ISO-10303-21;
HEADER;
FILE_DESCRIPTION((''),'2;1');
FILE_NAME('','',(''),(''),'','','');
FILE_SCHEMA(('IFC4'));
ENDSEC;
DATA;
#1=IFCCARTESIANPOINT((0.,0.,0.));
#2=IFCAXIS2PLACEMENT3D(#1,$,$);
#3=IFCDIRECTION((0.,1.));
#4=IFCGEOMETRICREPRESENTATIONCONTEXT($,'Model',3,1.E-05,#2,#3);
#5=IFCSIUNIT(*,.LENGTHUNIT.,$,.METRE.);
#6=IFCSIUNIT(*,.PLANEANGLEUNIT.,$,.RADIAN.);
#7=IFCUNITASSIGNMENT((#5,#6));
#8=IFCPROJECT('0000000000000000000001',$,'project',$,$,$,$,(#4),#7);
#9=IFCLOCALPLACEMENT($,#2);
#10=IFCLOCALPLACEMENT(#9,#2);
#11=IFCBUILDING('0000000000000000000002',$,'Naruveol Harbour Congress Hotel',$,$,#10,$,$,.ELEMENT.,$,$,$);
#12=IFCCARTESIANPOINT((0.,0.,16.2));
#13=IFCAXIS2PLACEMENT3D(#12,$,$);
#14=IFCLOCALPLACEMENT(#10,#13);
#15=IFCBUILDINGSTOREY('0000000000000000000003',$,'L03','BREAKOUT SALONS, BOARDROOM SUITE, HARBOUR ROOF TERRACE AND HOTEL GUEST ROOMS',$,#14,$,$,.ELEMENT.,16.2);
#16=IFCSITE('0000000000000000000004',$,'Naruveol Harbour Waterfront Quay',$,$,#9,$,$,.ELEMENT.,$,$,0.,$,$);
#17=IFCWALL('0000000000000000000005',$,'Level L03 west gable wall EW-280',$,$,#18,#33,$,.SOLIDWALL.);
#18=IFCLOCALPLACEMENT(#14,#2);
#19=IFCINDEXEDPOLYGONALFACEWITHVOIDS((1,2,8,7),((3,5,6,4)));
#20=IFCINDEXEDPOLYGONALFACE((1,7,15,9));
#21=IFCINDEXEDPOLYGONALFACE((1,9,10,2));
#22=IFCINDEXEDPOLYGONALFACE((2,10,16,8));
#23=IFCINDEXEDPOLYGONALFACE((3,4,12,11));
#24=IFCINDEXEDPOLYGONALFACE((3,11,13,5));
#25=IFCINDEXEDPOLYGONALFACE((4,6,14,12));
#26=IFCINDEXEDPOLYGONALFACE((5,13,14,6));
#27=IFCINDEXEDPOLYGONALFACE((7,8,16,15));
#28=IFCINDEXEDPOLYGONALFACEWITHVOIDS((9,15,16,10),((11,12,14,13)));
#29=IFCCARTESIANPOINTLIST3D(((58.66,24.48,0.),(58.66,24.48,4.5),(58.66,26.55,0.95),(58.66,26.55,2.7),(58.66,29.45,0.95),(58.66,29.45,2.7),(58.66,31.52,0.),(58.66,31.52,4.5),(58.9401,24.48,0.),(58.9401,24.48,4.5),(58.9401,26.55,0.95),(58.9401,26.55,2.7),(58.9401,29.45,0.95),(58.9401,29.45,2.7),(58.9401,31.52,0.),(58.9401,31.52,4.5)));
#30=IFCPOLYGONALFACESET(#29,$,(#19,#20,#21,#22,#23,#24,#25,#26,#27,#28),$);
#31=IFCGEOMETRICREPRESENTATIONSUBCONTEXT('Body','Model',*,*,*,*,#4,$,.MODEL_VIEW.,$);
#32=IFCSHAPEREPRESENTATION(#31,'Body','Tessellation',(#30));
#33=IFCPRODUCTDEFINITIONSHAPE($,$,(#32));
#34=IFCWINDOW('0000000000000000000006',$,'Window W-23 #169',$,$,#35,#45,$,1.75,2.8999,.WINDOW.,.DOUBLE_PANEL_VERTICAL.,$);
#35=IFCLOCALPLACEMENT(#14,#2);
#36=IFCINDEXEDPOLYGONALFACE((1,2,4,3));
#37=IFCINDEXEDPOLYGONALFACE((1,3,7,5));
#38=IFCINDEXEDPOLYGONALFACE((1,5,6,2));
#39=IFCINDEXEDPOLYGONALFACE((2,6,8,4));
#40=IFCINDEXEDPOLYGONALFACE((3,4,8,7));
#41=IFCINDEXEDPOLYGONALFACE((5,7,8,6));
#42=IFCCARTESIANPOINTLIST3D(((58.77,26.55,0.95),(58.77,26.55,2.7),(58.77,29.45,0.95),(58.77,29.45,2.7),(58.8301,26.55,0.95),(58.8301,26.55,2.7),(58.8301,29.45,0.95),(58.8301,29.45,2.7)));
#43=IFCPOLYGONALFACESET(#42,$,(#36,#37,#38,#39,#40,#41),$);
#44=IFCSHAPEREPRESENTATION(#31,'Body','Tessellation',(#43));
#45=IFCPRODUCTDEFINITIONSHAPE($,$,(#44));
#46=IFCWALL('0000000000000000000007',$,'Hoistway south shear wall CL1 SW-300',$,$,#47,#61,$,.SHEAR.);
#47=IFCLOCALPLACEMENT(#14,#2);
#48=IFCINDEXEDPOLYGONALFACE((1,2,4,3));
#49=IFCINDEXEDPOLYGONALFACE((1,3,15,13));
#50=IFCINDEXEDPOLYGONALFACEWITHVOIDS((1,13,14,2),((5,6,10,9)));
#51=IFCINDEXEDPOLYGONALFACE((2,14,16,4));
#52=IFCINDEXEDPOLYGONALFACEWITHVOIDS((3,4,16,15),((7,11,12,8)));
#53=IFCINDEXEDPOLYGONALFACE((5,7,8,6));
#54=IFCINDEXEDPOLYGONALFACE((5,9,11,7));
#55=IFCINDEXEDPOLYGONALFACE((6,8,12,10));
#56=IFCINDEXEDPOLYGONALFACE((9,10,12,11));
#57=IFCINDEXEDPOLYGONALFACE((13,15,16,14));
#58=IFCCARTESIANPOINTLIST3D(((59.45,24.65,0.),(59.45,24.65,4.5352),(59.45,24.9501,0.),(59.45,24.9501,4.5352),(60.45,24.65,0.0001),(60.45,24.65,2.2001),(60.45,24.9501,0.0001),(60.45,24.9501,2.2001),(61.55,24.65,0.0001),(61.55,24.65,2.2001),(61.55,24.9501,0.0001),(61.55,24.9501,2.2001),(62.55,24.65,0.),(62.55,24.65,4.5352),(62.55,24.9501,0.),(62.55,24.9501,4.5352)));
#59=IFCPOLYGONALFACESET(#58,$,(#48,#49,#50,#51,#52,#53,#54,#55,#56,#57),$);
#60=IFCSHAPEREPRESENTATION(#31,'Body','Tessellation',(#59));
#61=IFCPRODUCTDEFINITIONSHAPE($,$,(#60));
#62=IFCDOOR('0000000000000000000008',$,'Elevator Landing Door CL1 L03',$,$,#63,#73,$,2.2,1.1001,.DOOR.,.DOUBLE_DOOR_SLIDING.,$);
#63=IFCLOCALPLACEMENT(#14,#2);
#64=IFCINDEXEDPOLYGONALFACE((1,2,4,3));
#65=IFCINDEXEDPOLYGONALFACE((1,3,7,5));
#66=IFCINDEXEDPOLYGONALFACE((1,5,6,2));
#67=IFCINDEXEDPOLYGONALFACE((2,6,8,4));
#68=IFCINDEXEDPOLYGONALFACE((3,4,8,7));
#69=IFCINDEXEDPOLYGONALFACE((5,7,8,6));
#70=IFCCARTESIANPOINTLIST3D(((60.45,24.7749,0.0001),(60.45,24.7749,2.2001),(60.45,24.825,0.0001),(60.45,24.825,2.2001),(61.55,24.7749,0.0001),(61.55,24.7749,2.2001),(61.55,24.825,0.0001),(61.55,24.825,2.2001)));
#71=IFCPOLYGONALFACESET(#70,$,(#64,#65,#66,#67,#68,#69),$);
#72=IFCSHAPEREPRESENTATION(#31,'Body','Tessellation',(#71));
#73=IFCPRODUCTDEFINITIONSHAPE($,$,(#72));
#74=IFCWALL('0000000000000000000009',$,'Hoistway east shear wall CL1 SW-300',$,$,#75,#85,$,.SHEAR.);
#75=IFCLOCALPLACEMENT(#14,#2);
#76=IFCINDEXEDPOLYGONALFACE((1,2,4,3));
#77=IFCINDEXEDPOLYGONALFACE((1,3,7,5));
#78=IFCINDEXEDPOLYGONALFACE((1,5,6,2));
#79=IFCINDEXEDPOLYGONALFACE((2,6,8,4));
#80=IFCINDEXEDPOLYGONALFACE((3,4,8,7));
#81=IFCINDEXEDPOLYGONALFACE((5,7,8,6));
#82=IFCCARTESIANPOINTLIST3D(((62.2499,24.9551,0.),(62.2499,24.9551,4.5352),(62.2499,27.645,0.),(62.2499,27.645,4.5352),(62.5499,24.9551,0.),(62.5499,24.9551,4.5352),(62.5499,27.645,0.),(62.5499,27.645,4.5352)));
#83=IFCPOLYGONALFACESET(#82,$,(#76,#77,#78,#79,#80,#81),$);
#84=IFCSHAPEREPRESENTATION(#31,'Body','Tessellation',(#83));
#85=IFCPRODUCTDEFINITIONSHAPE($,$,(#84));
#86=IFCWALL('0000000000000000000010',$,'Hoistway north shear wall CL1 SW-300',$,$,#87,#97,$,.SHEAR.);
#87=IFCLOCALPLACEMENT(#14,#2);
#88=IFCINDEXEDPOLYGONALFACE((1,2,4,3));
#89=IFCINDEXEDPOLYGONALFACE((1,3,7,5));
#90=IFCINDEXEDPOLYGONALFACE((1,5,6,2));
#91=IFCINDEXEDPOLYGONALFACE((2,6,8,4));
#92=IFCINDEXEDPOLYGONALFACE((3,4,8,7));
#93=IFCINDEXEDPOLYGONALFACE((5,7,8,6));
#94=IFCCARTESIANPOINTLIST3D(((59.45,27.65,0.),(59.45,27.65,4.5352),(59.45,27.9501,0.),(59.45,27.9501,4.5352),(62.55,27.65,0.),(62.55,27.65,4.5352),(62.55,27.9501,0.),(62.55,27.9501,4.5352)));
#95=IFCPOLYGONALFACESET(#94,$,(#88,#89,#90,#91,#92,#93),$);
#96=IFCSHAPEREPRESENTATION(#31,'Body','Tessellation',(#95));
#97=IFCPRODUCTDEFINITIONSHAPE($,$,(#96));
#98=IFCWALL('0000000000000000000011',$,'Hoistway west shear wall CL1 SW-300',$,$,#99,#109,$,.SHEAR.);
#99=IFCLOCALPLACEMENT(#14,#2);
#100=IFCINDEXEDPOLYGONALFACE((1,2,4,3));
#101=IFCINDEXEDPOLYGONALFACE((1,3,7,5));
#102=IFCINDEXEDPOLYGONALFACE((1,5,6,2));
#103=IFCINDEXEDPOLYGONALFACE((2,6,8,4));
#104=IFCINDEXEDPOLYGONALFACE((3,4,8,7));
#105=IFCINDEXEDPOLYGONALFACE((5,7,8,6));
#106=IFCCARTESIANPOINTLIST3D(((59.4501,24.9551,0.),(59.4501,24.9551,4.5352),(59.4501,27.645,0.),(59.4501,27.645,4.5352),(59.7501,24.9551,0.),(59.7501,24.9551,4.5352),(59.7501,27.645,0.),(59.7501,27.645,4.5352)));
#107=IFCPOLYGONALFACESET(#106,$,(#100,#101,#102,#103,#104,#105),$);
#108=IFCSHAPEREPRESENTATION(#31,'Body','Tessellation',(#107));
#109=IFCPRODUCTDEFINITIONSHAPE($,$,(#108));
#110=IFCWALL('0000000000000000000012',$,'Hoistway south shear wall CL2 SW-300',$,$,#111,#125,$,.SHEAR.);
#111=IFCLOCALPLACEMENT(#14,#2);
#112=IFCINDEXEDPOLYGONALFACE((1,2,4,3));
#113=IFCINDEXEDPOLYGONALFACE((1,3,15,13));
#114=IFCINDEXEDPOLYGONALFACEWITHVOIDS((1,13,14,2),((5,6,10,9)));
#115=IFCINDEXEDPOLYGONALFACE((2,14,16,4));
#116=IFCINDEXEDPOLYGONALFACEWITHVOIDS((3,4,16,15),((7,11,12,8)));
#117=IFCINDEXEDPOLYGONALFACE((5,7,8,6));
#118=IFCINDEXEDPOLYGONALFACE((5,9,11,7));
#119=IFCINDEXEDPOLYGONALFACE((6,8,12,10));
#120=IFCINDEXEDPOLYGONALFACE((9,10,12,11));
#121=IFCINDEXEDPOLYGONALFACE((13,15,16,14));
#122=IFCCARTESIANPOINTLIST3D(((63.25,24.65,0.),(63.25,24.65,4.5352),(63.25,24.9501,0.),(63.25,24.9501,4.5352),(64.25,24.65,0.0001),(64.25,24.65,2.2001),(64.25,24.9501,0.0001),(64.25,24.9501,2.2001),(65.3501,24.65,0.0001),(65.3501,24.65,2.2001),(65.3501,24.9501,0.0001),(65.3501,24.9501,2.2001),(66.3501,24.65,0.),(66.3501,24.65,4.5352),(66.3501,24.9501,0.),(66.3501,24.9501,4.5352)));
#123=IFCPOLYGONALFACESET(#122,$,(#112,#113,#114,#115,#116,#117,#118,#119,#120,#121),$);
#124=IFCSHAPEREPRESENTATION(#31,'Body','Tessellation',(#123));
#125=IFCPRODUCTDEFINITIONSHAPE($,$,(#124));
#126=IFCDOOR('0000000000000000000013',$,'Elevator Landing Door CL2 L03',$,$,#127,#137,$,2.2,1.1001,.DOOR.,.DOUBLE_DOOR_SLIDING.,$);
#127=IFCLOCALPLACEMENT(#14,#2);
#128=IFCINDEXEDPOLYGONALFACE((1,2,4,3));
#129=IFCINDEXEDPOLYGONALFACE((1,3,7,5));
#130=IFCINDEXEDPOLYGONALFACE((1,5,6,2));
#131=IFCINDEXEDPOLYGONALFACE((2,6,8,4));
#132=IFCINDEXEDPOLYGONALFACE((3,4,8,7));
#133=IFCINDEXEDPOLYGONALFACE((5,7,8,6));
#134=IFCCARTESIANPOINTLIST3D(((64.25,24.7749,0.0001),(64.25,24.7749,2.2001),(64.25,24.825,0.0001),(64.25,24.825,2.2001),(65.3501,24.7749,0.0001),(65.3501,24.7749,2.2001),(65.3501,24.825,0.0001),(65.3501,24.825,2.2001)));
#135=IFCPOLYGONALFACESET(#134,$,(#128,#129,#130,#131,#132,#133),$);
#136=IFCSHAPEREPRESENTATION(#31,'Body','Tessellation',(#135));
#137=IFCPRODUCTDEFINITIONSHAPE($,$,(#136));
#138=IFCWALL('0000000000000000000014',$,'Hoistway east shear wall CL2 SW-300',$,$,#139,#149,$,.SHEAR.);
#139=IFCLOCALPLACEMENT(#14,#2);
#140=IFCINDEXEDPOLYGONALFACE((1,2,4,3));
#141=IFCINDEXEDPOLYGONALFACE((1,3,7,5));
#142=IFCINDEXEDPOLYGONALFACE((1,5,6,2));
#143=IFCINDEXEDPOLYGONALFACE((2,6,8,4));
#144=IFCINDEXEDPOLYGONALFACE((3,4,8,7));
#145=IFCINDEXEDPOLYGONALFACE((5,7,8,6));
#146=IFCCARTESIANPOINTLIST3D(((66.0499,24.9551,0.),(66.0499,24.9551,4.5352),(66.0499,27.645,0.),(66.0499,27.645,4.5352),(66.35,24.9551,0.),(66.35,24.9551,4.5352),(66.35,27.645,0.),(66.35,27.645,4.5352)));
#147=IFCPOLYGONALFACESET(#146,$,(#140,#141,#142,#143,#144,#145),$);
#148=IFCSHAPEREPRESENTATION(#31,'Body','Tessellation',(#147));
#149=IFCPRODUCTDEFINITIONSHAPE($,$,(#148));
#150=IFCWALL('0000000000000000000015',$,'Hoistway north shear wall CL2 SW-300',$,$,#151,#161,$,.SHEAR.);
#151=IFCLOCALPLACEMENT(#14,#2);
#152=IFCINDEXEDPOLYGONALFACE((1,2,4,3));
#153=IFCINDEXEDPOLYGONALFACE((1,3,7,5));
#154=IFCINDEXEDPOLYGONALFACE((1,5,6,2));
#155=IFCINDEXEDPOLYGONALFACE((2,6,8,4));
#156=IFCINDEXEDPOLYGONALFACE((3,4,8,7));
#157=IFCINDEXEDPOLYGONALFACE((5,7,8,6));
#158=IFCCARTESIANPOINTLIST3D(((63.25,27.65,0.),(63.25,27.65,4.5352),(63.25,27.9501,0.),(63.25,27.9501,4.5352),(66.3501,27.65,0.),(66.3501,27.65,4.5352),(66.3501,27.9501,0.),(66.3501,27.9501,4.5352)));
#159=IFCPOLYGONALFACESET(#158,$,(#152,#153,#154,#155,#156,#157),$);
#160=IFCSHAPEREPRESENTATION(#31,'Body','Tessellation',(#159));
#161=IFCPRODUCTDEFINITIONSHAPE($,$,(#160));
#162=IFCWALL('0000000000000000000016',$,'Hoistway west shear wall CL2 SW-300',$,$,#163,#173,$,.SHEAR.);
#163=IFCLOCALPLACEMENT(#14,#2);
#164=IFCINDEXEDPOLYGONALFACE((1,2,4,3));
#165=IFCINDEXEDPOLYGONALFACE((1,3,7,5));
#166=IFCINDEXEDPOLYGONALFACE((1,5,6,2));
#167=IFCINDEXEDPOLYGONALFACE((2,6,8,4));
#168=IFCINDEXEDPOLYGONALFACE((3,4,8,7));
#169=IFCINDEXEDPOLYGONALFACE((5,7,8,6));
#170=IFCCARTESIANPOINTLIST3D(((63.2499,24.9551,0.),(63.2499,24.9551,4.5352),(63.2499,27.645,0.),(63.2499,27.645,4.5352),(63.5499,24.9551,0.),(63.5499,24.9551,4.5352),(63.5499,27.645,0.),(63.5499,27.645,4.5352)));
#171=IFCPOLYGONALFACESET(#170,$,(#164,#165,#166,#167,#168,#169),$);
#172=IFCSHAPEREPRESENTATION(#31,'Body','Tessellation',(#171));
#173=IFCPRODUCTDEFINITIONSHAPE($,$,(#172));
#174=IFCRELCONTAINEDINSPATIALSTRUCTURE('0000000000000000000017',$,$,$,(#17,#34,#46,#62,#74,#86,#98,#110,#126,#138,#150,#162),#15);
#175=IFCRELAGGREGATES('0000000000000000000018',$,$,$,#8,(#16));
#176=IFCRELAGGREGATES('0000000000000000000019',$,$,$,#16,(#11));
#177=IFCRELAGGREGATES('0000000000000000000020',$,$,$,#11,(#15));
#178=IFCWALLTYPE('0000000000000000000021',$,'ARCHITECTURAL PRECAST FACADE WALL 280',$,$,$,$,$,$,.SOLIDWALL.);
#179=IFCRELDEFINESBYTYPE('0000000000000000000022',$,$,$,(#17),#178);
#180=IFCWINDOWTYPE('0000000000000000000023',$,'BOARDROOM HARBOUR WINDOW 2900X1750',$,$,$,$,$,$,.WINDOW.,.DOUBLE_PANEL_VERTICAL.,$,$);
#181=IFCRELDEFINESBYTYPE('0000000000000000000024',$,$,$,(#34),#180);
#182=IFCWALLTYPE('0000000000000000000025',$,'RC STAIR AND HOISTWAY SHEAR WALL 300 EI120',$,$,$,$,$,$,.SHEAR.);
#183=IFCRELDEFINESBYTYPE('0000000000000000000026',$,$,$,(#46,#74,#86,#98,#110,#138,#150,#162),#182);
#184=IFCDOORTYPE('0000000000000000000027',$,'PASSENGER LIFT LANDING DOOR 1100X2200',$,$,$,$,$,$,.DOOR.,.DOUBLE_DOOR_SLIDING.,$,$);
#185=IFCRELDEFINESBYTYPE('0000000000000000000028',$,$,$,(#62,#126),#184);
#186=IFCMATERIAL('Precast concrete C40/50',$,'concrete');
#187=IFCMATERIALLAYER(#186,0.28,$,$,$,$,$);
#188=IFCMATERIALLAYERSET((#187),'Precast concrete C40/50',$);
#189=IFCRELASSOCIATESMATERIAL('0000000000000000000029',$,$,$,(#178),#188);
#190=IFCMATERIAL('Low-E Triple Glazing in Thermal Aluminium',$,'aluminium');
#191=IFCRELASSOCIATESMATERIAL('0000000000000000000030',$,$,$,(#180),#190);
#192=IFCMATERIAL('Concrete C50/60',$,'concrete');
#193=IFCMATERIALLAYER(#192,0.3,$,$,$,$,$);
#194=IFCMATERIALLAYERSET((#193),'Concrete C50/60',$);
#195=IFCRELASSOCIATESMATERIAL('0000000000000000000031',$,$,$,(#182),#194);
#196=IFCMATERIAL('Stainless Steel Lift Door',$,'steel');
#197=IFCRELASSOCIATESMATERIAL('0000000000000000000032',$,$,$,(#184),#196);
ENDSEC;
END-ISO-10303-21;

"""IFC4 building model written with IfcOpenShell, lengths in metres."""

from ifc_helpers import new_model, si_unit, direction, frame, frame_2d, origin, place, context, subcontext, project, spatial, rectangle, extrude, material, layer, layer_set, type_object, element, fill, save


model = new_model("IFC4")

# Units and contexts
model_context = context("Model", 3, precision=1e-05, world=origin(), true_north=direction((0.0, 1.0)))
body_context = subcontext(model_context, "Body", "Model", "MODEL_VIEW")
ifc_project = project(units=[si_unit("LENGTHUNIT", "METRE"), si_unit("PLANEANGLEUNIT", "RADIAN")], contexts=[model_context])

# Site, building, storey
site_placement = place(None, origin())
site = spatial("IfcSite", under=ifc_project, at=site_placement, Name="Naruveol Harbour Waterfront Quay", CompositionType="ELEMENT", RefElevation=0.0)
building_placement = place(site_placement, origin())
building = spatial("IfcBuilding", under=site, at=building_placement, Name="Naruveol Harbour Congress Hotel", CompositionType="ELEMENT")
storey_placement = place(building_placement, frame((0.0, 0.0, 16.2)))
storey = spatial("IfcBuildingStorey", under=building, at=storey_placement, Name="L03", Description="BREAKOUT SALONS, BOARDROOM SUITE, HARBOUR ROOF TERRACE AND HOTEL GUEST ROOMS", CompositionType="ELEMENT", Elevation=16.2)

# Wall, opening, window
ifc_material_1 = material(Name="Precast concrete C40/50", Category="concrete")
ifc_layer_1 = layer(ifc_material_1, 0.28)
ifc_layer_set_1 = layer_set([ifc_layer_1], Name="Precast concrete C40/50")
wall_type_1 = type_object("IfcWallType", Name="ARCHITECTURAL PRECAST FACADE WALL 280", PredefinedType="SOLIDWALL", material=ifc_layer_set_1)
wall_1_placement = place(storey_placement, frame((58.8, 24.48, 0.0), z_axis=(0.0, 0.0, 1.0), x_axis=(0.0, 1.0, 0.0)))
wall_1 = element("IfcWall", 1, at=wall_1_placement, inside=storey, type_object=wall_type_1, Name="Level L03 west gable wall EW-280", PredefinedType="SOLIDWALL", context=body_context, shape_type="SweptSolid", body=[
    extrude(rectangle(XDim=7.04, YDim=0.28, at=frame_2d((3.52, 0.0))), origin(), (0.0, 0.0, 1.0), 4.5),
])
opening_1_placement = place(wall_1_placement, frame((2.0701, 0.0, 0.95)))
opening_1 = element("IfcOpeningElement", 2, at=opening_1_placement, cuts=wall_1, PredefinedType="OPENING", context=body_context, shape_type="SweptSolid", body=[
    extrude(rectangle(XDim=2.8999, YDim=1.75, at=frame_2d((1.45, 0.875))), frame((0.0, 0.1499, 0.0), z_axis=(0.0, -1.0, 0.0), x_axis=(1.0, 0.0, 0.0)), (0.0, 0.0, 1.0), 0.3),
])
ifc_material_2 = material(Name="Low-E Triple Glazing in Thermal Aluminium", Category="aluminium")
window_type = type_object("IfcWindowType", Name="BOARDROOM HARBOUR WINDOW 2900X1750", PartitioningType="DOUBLE_PANEL_VERTICAL", PredefinedType="WINDOW", material=ifc_material_2)
window_placement = place(opening_1_placement, origin())
window = element("IfcWindow", 3, at=window_placement, inside=storey, type_object=window_type, Name="Window W-23 #169", OverallHeight=1.75, OverallWidth=2.8999, PartitioningType="DOUBLE_PANEL_VERTICAL", PredefinedType="WINDOW", context=body_context, shape_type="SweptSolid", body=[
    extrude(rectangle(XDim=2.8999, YDim=1.75, at=frame_2d((1.45, 0.875))), frame((0.0, 0.03, 0.0), z_axis=(0.0, -1.0, 0.0), x_axis=(1.0, 0.0, 0.0)), (0.0, 0.0, 1.0), 0.0601),
])
fill(opening_1, window)

# Wall, opening, door
ifc_material_3 = material(Name="Concrete C50/60", Category="concrete")
ifc_layer_2 = layer(ifc_material_3, 0.3)
ifc_layer_set_2 = layer_set([ifc_layer_2], Name="Concrete C50/60")
wall_type_2 = type_object("IfcWallType", Name="RC STAIR AND HOISTWAY SHEAR WALL 300 EI120", PredefinedType="SHEAR", material=ifc_layer_set_2)
wall_2_placement = place(storey_placement, frame((59.45, 24.8, 0.0), z_axis=(0.0, 0.0, 1.0), x_axis=(1.0, 0.0, 0.0)))
wall_2 = element("IfcWall", 4, at=wall_2_placement, inside=storey, type_object=wall_type_2, Name="Hoistway south shear wall CL1 SW-300", PredefinedType="SHEAR", context=body_context, shape_type="SweptSolid", body=[
    extrude(rectangle(XDim=3.1001, YDim=0.3, at=frame_2d((1.55, 0.0))), origin(), (0.0, 0.0, 1.0), 4.5352),
])
opening_2_placement = place(wall_2_placement, frame((1.0, 0.0, 0.0)))
opening_2 = element("IfcOpeningElement", 5, at=opening_2_placement, cuts=wall_2, PredefinedType="OPENING", context=body_context, shape_type="SweptSolid", body=[
    extrude(rectangle(XDim=1.1001, YDim=2.2, at=frame_2d((0.55, 1.1001))), frame((0.0, 0.1599, 0.0), z_axis=(0.0, -1.0, 0.0), x_axis=(1.0, 0.0, 0.0)), (0.0, 0.0, 1.0), 0.3201),
])
ifc_material_4 = material(Name="Stainless Steel Lift Door", Category="steel")
door_type_1 = type_object("IfcDoorType", Name="PASSENGER LIFT LANDING DOOR 1100X2200", OperationType="DOUBLE_DOOR_SLIDING", PredefinedType="DOOR", material=ifc_material_4)
door_1_placement = place(opening_2_placement, origin())
door_1 = element("IfcDoor", 6, at=door_1_placement, inside=storey, type_object=door_type_1, Name="Elevator Landing Door CL1 L03", OperationType="DOUBLE_DOOR_SLIDING", OverallHeight=2.2, OverallWidth=1.1001, PredefinedType="DOOR", context=body_context, shape_type="SweptSolid", body=[
    extrude(rectangle(XDim=1.1001, YDim=2.2, at=frame_2d((0.55, 1.1001))), frame((0.0, 0.0249, 0.0), z_axis=(0.0, -1.0, 0.0), x_axis=(1.0, 0.0, 0.0)), (0.0, 0.0, 1.0), 0.05),
])
fill(opening_2, door_1)

# Walls
wall_3_placement = place(storey_placement, frame((62.3999, 24.9551, 0.0), z_axis=(0.0, 0.0, 1.0), x_axis=(0.0, 1.0, 0.0)))
element("IfcWall", 7, at=wall_3_placement, inside=storey, type_object=wall_type_2, Name="Hoistway east shear wall CL1 SW-300", PredefinedType="SHEAR", context=body_context, shape_type="SweptSolid", body=[
    extrude(rectangle(XDim=2.6899, YDim=0.3, at=frame_2d((1.345, 0.0))), origin(), (0.0, 0.0, 1.0), 4.5352),
])
wall_4_placement = place(storey_placement, frame((62.55, 27.8, 0.0), z_axis=(0.0, 0.0, 1.0), x_axis=(-1.0, 0.0, 0.0)))
element("IfcWall", 8, at=wall_4_placement, inside=storey, type_object=wall_type_2, Name="Hoistway north shear wall CL1 SW-300", PredefinedType="SHEAR", context=body_context, shape_type="SweptSolid", body=[
    extrude(rectangle(XDim=3.1001, YDim=0.3, at=frame_2d((1.55, 0.0))), origin(), (0.0, 0.0, 1.0), 4.5352),
])
wall_5_placement = place(storey_placement, frame((59.6001, 27.645, 0.0), z_axis=(0.0, 0.0, 1.0), x_axis=(0.0, -1.0, 0.0)))
element("IfcWall", 9, at=wall_5_placement, inside=storey, type_object=wall_type_2, Name="Hoistway west shear wall CL1 SW-300", PredefinedType="SHEAR", context=body_context, shape_type="SweptSolid", body=[
    extrude(rectangle(XDim=2.6899, YDim=0.3, at=frame_2d((1.345, 0.0))), origin(), (0.0, 0.0, 1.0), 4.5352),
])

# Wall, opening, door
wall_6_placement = place(storey_placement, frame((63.25, 24.8, 0.0), z_axis=(0.0, 0.0, 1.0), x_axis=(1.0, 0.0, 0.0)))
wall_6 = element("IfcWall", 10, at=wall_6_placement, inside=storey, type_object=wall_type_2, Name="Hoistway south shear wall CL2 SW-300", PredefinedType="SHEAR", context=body_context, shape_type="SweptSolid", body=[
    extrude(rectangle(XDim=3.1001, YDim=0.3, at=frame_2d((1.55, 0.0))), origin(), (0.0, 0.0, 1.0), 4.5352),
])
opening_3_placement = place(wall_6_placement, frame((1.0, 0.0, 0.0)))
opening_3 = element("IfcOpeningElement", 11, at=opening_3_placement, cuts=wall_6, PredefinedType="OPENING", context=body_context, shape_type="SweptSolid", body=[
    extrude(rectangle(XDim=1.1001, YDim=2.2, at=frame_2d((0.55, 1.1001))), frame((0.0, 0.1599, 0.0), z_axis=(0.0, -1.0, 0.0), x_axis=(1.0, 0.0, 0.0)), (0.0, 0.0, 1.0), 0.3201),
])
door_2_placement = place(opening_3_placement, origin())
door_2 = element("IfcDoor", 12, at=door_2_placement, inside=storey, type_object=door_type_1, Name="Elevator Landing Door CL2 L03", OperationType="DOUBLE_DOOR_SLIDING", OverallHeight=2.2, OverallWidth=1.1001, PredefinedType="DOOR", context=body_context, shape_type="SweptSolid", body=[
    extrude(rectangle(XDim=1.1001, YDim=2.2, at=frame_2d((0.55, 1.1001))), frame((0.0, 0.0249, 0.0), z_axis=(0.0, -1.0, 0.0), x_axis=(1.0, 0.0, 0.0)), (0.0, 0.0, 1.0), 0.05),
])
fill(opening_3, door_2)

# Walls
wall_7_placement = place(storey_placement, frame((66.2, 24.9551, 0.0), z_axis=(0.0, 0.0, 1.0), x_axis=(0.0, 1.0, 0.0)))
element("IfcWall", 13, at=wall_7_placement, inside=storey, type_object=wall_type_2, Name="Hoistway east shear wall CL2 SW-300", PredefinedType="SHEAR", context=body_context, shape_type="SweptSolid", body=[
    extrude(rectangle(XDim=2.6899, YDim=0.3, at=frame_2d((1.345, 0.0))), origin(), (0.0, 0.0, 1.0), 4.5352),
])
wall_8_placement = place(storey_placement, frame((66.3501, 27.8, 0.0), z_axis=(0.0, 0.0, 1.0), x_axis=(-1.0, 0.0, 0.0)))
element("IfcWall", 14, at=wall_8_placement, inside=storey, type_object=wall_type_2, Name="Hoistway north shear wall CL2 SW-300", PredefinedType="SHEAR", context=body_context, shape_type="SweptSolid", body=[
    extrude(rectangle(XDim=3.1001, YDim=0.3, at=frame_2d((1.55, 0.0))), origin(), (0.0, 0.0, 1.0), 4.5352),
])
wall_9_placement = place(storey_placement, frame((63.3999, 27.645, 0.0), z_axis=(0.0, 0.0, 1.0), x_axis=(0.0, -1.0, 0.0)))
element("IfcWall", 15, at=wall_9_placement, inside=storey, type_object=wall_type_2, Name="Hoistway west shear wall CL2 SW-300", PredefinedType="SHEAR", context=body_context, shape_type="SweptSolid", body=[
    extrude(rectangle(XDim=2.6899, YDim=0.3, at=frame_2d((1.345, 0.0))), origin(), (0.0, 0.0, 1.0), 4.5352),
])

save(model, "model.ifc")
